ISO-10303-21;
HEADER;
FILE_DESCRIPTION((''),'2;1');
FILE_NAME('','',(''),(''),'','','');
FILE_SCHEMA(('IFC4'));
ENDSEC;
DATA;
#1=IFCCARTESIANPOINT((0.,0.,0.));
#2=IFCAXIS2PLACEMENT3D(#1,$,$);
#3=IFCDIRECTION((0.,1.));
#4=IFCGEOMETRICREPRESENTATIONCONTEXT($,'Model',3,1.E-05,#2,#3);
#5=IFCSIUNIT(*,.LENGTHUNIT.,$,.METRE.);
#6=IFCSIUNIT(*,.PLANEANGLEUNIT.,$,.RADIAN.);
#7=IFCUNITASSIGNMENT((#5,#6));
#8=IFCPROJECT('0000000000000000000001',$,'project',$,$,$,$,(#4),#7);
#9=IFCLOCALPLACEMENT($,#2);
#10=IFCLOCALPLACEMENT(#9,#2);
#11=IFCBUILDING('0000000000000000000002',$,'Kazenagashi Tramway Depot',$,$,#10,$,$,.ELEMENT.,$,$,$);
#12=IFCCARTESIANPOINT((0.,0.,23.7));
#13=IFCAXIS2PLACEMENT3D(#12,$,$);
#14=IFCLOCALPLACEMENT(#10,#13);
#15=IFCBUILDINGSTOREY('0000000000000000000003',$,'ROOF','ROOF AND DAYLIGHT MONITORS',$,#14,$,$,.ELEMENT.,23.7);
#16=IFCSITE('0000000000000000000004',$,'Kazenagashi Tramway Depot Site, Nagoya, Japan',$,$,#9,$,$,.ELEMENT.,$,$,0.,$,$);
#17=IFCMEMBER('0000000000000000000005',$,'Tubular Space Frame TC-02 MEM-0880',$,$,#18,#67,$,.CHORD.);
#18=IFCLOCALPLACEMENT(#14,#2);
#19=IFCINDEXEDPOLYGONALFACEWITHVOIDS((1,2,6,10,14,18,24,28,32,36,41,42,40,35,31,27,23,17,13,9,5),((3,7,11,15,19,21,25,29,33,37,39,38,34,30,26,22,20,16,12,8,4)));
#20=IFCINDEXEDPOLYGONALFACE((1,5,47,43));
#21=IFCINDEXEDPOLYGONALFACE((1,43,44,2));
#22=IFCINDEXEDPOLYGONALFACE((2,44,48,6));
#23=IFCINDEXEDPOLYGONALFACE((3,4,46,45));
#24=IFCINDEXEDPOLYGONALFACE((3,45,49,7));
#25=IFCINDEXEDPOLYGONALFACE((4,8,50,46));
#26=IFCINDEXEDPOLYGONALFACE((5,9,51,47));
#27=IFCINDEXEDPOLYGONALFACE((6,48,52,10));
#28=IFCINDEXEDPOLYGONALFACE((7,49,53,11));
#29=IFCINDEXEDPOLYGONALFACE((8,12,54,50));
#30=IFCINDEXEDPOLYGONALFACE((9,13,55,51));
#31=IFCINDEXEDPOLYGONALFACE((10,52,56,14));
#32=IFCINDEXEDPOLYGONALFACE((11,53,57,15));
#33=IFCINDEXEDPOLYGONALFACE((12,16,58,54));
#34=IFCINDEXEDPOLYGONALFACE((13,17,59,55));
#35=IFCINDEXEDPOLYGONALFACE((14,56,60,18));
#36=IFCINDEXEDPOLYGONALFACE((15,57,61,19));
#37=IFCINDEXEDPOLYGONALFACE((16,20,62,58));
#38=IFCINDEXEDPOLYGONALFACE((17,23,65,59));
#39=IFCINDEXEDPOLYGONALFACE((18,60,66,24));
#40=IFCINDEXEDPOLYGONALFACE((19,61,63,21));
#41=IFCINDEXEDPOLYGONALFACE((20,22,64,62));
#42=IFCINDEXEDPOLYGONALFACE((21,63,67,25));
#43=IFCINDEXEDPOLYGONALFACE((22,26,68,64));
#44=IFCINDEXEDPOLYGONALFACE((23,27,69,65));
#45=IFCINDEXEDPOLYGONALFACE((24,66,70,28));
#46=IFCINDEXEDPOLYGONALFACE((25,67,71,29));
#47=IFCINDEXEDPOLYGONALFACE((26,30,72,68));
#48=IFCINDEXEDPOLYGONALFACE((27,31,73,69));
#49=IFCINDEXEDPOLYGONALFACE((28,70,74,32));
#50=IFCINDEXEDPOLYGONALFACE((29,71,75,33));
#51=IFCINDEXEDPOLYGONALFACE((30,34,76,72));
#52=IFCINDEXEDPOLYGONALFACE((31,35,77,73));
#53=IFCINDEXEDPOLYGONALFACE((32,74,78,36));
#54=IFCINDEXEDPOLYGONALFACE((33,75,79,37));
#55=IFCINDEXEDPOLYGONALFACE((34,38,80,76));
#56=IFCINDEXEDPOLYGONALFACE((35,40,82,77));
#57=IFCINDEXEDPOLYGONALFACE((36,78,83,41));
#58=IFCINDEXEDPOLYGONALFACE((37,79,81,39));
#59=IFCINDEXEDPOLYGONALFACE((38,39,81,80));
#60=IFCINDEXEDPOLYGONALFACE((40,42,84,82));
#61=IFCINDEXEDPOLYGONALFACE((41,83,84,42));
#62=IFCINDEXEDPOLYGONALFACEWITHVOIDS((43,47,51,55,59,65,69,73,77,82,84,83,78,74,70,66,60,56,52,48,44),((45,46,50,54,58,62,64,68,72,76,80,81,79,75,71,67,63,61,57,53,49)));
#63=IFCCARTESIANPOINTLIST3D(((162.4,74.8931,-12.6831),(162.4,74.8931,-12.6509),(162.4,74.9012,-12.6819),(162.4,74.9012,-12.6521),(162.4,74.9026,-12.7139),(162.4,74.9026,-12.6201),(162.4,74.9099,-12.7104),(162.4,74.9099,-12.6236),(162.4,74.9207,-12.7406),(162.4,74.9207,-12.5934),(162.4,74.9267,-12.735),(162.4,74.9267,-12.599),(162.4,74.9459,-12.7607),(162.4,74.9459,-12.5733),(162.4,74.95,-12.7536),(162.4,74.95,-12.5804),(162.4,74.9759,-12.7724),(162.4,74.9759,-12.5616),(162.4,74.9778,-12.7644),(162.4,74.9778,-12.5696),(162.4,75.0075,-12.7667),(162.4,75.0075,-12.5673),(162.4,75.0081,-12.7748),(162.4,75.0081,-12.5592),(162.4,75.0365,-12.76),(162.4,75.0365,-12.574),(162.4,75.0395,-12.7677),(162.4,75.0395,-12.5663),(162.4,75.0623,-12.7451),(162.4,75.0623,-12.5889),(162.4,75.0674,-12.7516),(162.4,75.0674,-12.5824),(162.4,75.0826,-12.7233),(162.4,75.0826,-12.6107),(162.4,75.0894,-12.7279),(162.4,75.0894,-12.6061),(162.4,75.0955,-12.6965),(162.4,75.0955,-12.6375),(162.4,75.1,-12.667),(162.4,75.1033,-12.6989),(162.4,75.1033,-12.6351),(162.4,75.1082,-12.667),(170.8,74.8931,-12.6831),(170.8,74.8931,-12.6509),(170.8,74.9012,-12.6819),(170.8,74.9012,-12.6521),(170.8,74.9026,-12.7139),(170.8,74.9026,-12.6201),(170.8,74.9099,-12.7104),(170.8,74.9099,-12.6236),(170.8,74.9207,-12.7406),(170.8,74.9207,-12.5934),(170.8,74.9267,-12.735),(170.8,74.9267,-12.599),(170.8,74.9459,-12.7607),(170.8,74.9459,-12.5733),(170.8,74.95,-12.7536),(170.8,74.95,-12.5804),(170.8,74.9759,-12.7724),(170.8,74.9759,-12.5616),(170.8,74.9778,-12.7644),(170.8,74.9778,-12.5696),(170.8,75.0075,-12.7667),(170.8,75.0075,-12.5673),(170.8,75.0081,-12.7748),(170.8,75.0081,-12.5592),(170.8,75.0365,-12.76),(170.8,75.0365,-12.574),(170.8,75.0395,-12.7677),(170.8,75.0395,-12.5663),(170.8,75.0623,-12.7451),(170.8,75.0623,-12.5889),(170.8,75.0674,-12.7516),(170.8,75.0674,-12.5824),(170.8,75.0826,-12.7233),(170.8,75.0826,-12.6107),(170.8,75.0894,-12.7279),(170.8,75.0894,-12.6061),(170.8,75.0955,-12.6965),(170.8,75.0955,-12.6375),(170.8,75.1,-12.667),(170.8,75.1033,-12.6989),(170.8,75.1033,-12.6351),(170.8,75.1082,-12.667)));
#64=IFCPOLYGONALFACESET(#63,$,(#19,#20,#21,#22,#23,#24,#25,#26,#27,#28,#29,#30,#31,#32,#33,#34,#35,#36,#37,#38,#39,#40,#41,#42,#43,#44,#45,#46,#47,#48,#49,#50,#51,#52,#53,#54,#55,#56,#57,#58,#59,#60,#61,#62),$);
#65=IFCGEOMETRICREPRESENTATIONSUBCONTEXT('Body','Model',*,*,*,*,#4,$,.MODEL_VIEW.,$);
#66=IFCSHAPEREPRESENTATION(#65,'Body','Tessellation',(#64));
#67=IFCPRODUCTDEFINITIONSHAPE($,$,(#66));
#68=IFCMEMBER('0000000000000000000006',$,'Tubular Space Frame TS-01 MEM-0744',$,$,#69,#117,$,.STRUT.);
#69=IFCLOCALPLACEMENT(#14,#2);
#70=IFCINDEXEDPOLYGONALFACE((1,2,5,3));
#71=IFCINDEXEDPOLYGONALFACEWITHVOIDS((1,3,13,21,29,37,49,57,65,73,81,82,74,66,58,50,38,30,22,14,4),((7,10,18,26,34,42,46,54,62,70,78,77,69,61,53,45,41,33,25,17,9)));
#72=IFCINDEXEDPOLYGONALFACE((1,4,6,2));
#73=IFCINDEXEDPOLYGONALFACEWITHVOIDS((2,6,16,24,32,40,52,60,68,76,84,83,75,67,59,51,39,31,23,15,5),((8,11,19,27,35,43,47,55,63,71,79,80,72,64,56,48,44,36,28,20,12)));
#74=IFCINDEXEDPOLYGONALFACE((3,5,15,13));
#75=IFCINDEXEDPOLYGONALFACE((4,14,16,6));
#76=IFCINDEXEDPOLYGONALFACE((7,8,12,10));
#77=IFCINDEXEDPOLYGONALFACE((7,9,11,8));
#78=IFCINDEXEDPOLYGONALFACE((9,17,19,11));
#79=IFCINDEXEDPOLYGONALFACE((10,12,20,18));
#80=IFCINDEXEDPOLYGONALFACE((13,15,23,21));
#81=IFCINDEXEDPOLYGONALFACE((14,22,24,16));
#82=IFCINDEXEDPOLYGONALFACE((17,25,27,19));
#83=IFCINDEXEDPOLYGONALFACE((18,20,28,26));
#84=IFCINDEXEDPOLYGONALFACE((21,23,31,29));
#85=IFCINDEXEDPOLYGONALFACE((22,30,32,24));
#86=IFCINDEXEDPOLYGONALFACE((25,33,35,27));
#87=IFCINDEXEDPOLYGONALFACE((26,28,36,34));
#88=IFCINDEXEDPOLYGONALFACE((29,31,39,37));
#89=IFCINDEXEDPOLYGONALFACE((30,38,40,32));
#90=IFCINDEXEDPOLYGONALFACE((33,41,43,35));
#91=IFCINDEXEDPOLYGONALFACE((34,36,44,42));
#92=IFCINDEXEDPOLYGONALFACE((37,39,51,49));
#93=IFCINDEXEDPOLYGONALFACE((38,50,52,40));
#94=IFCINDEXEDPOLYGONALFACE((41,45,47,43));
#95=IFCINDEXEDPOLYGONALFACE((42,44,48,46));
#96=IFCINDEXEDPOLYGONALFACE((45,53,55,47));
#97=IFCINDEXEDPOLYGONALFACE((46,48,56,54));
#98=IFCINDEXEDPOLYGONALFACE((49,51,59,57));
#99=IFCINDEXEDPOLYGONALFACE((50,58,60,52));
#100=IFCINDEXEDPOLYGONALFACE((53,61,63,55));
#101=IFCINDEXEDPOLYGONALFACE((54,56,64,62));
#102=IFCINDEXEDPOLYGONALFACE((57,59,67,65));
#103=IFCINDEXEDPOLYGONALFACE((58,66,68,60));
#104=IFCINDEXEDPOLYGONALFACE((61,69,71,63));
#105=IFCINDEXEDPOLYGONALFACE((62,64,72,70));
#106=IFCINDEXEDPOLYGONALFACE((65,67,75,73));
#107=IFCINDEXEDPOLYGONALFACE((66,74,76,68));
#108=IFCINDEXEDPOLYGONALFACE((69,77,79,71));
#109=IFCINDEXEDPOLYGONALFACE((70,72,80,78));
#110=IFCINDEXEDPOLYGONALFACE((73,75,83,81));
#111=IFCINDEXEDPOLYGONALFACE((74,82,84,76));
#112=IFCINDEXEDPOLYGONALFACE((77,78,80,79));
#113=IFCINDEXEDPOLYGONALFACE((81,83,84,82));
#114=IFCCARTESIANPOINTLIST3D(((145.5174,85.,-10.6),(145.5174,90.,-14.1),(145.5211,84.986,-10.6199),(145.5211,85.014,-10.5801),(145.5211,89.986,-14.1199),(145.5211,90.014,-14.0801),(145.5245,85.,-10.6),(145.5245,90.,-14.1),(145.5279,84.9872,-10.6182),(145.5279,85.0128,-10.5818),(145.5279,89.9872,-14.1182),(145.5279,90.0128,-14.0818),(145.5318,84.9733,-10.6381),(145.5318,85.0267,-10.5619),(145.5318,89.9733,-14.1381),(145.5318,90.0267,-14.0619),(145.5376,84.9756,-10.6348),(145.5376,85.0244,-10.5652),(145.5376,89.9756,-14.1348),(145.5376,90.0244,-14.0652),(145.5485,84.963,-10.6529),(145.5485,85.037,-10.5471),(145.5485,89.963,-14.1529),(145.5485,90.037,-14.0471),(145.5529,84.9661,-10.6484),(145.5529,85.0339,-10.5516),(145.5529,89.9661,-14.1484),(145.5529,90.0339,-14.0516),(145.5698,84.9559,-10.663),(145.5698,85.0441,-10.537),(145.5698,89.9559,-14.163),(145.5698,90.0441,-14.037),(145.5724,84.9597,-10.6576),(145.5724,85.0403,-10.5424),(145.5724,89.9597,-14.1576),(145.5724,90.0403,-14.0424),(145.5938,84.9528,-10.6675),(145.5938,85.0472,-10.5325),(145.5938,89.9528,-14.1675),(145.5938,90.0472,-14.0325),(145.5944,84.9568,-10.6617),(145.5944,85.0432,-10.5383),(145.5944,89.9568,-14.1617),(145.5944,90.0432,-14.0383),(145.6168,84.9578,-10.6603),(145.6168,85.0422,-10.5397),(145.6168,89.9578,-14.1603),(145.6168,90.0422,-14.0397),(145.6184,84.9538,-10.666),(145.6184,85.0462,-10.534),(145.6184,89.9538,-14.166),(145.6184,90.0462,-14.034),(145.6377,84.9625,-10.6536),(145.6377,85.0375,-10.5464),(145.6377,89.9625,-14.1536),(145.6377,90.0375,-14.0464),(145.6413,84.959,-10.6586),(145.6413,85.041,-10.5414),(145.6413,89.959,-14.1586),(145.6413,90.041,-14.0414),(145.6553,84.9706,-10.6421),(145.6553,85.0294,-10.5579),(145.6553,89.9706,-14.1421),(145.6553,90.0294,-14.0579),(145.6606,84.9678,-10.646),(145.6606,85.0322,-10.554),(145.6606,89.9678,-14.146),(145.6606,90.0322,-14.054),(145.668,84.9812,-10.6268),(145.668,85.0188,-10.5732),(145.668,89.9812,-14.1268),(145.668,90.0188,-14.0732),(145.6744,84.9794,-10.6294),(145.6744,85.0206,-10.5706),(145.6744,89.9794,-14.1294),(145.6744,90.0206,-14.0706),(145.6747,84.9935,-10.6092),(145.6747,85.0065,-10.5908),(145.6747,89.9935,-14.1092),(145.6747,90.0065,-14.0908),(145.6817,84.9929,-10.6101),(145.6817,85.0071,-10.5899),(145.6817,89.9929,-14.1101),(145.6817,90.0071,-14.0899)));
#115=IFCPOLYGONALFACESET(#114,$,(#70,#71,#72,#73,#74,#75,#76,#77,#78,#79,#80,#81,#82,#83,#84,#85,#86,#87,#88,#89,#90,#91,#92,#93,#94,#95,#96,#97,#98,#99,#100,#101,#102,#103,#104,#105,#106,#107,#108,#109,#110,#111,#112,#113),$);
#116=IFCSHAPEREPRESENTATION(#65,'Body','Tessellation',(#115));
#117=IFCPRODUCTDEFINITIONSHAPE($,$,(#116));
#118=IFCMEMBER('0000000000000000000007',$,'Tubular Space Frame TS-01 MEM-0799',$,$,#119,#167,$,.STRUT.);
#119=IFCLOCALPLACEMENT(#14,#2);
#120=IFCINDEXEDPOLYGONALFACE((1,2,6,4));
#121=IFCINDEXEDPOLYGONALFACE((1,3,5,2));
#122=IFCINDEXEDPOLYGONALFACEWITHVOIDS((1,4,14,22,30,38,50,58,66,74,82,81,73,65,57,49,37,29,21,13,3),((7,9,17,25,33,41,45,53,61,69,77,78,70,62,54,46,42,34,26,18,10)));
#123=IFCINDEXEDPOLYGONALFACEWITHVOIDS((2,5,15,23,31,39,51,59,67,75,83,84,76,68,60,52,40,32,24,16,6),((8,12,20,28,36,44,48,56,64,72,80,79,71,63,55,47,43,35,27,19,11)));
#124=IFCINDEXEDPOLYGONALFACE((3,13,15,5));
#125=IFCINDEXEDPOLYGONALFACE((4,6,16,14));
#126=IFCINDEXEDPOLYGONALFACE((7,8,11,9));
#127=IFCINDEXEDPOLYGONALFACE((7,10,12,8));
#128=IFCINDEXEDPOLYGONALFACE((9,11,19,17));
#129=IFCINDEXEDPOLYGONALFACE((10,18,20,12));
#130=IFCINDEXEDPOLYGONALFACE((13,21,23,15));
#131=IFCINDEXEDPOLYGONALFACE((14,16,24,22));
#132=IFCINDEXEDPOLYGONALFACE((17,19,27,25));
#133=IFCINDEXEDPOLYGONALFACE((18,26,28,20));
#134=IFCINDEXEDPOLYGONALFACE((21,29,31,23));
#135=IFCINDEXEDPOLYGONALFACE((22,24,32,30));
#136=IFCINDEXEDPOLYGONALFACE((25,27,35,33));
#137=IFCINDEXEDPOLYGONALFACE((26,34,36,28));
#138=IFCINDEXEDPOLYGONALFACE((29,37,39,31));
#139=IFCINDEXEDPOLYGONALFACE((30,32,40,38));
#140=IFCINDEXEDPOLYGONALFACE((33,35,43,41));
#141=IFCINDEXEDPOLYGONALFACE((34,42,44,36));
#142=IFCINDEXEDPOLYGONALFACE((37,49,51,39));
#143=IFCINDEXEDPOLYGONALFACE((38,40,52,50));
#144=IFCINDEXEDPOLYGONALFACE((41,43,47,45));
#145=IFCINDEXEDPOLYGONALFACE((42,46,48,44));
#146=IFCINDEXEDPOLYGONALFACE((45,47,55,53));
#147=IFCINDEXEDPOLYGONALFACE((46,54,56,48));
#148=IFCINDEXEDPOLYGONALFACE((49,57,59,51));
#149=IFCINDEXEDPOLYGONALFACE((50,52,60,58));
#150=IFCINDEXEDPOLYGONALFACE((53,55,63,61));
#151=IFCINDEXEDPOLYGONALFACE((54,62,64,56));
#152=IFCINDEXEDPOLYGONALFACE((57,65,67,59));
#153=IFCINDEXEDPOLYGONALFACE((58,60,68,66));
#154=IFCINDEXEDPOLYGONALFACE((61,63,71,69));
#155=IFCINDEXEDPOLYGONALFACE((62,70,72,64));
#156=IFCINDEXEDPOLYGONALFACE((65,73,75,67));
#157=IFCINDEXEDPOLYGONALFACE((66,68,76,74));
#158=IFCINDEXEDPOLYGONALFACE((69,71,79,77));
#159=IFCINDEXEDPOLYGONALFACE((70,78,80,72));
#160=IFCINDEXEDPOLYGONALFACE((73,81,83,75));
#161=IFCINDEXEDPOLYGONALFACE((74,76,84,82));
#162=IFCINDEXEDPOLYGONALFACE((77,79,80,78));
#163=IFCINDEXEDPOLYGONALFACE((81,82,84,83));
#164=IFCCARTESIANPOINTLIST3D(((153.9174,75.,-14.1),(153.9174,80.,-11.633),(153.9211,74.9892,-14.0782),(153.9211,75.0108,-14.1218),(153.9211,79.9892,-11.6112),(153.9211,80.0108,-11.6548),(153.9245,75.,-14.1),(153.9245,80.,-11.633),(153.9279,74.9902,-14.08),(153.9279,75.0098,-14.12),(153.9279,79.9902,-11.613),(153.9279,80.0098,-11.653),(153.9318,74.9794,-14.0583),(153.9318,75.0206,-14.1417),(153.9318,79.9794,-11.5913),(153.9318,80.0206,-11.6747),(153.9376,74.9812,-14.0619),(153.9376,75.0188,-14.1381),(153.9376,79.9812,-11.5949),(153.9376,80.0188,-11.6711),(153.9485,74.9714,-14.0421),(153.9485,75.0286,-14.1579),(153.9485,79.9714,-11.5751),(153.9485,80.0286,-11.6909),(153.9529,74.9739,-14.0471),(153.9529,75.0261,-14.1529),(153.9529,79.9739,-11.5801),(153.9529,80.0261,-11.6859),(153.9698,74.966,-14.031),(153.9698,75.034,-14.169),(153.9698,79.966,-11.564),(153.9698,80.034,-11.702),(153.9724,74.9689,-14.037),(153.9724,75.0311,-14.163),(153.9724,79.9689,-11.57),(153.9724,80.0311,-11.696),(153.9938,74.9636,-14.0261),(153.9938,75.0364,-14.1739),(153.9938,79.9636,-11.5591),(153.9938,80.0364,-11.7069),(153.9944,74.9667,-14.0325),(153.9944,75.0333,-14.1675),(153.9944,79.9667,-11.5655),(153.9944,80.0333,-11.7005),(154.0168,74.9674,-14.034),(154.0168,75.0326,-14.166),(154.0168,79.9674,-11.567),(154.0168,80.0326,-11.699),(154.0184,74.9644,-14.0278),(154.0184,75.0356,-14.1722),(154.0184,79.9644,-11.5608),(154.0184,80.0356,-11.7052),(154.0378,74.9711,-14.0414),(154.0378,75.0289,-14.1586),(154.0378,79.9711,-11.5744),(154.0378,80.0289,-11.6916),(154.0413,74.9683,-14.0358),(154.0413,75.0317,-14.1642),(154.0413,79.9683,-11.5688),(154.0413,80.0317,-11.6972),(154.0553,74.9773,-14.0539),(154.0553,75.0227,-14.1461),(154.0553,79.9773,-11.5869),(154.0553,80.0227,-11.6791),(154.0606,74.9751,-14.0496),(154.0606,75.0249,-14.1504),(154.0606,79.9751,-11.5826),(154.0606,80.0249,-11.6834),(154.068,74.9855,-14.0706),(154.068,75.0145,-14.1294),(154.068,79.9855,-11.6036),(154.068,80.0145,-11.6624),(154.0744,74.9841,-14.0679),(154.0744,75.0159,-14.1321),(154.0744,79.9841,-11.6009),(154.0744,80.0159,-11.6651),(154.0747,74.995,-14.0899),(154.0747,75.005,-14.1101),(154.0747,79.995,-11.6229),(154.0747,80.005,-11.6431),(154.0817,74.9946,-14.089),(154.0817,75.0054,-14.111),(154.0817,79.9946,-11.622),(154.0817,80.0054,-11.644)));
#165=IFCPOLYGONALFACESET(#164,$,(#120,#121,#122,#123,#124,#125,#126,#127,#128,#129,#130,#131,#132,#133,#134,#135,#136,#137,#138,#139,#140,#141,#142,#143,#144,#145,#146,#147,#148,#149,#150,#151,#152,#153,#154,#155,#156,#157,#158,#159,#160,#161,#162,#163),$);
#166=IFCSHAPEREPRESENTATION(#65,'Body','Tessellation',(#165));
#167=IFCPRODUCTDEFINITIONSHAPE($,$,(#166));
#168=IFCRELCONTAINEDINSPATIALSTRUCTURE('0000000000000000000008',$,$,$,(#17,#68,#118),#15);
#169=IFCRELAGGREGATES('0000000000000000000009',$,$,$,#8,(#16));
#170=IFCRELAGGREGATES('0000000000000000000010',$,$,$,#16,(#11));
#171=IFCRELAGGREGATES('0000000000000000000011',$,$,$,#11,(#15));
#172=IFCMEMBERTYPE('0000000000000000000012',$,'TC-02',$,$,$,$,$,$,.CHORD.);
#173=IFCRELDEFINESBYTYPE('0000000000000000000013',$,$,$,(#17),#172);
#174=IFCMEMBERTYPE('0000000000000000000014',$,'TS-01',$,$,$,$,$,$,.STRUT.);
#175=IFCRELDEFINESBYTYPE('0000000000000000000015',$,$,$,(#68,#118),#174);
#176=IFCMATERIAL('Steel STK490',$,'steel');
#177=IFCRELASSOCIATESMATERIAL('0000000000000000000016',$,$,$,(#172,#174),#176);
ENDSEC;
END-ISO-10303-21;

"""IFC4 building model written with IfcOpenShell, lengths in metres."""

from ifc_helpers import new_model, si_unit, direction, frame, origin, origin_2d, place, context, subcontext, project, spatial, hollow_circle, extrude, material, material_profile, profile_set, type_object, element, save


model = new_model("IFC4")

# Units and contexts
model_context = context("Model", 3, precision=1e-05, world=origin(), true_north=direction((0.0, 1.0)))
body_context = subcontext(model_context, "Body", "Model", "MODEL_VIEW")
ifc_project = project(units=[si_unit("LENGTHUNIT", "METRE"), si_unit("PLANEANGLEUNIT", "RADIAN")], contexts=[model_context])

# Site, building, storey
site_placement = place(None, origin())
site = spatial("IfcSite", under=ifc_project, at=site_placement, Name="Kazenagashi Tramway Depot Site, Nagoya, Japan", CompositionType="ELEMENT", RefElevation=0.0)
building_placement = place(site_placement, origin())
building = spatial("IfcBuilding", under=site, at=building_placement, Name="Kazenagashi Tramway Depot", CompositionType="ELEMENT")
storey_placement = place(building_placement, frame((0.0, 0.0, 23.7)))
storey = spatial("IfcBuildingStorey", under=building, at=storey_placement, Name="ROOF", Description="ROOF AND DAYLIGHT MONITORS", CompositionType="ELEMENT", Elevation=23.7)

# Members
ifc_material_1 = material(Name="Steel STK490", Category="steel")
ifc_material_profile_1 = material_profile(ifc_material_1, hollow_circle(Radius=0.1081, WallThickness=0.0082, at=origin_2d()), Name="CHS-216.3x8.2")
ifc_profile_set_1 = profile_set([ifc_material_profile_1], Name="Steel STK490")
member_type_1 = type_object("IfcMemberType", Name="TC-02", PredefinedType="CHORD", material=ifc_profile_set_1)
member_1_placement = place(storey_placement, frame((162.4, 75.0, -12.667), z_axis=(1.0, 0.0, 0.0), x_axis=(0.0, 1.0, 0.0)))
element("IfcMember", 1, at=member_1_placement, inside=storey, type_object=member_type_1, Name="Tubular Space Frame TC-02 MEM-0880", PredefinedType="CHORD", context=body_context, shape_type="SweptSolid", body=[
    extrude(hollow_circle(Radius=0.1081, WallThickness=0.0082, at=origin_2d()), origin(), (0.0, 0.0, 1.0), 8.4),
])
ifc_material_profile_2 = material_profile(ifc_material_1, hollow_circle(Radius=0.0826, WallThickness=0.0071, at=origin_2d()), Name="CHS-165.2x7.1")
ifc_profile_set_2 = profile_set([ifc_material_profile_2], Name="Steel STK490")
member_type_2 = type_object("IfcMemberType", Name="TS-01", PredefinedType="STRUT", material=ifc_profile_set_2)
member_2_placement = place(storey_placement, frame((145.6, 85.0, -10.6), z_axis=(0.0, 0.819232, -0.573462), x_axis=(-1.0, 0.0, 0.0)))
element("IfcMember", 2, at=member_2_placement, inside=storey, type_object=member_type_2, Name="Tubular Space Frame TS-01 MEM-0744", PredefinedType="STRUT", context=body_context, shape_type="SweptSolid", body=[
    extrude(hollow_circle(Radius=0.0826, WallThickness=0.0071, at=origin_2d()), origin(), (0.0, 0.0, 1.0), 6.1033),
])
member_3_placement = place(storey_placement, frame((154.0, 75.0, -14.1), z_axis=(0.0, 0.896782, 0.442472), x_axis=(-1.0, 0.0, 0.0)))
element("IfcMember", 3, at=member_3_placement, inside=storey, type_object=member_type_2, Name="Tubular Space Frame TS-01 MEM-0799", PredefinedType="STRUT", context=body_context, shape_type="SweptSolid", body=[
    extrude(hollow_circle(Radius=0.0826, WallThickness=0.0071, at=origin_2d()), origin(), (0.0, 0.0, 1.0), 5.5755),
])

save(model, "model.ifc")
